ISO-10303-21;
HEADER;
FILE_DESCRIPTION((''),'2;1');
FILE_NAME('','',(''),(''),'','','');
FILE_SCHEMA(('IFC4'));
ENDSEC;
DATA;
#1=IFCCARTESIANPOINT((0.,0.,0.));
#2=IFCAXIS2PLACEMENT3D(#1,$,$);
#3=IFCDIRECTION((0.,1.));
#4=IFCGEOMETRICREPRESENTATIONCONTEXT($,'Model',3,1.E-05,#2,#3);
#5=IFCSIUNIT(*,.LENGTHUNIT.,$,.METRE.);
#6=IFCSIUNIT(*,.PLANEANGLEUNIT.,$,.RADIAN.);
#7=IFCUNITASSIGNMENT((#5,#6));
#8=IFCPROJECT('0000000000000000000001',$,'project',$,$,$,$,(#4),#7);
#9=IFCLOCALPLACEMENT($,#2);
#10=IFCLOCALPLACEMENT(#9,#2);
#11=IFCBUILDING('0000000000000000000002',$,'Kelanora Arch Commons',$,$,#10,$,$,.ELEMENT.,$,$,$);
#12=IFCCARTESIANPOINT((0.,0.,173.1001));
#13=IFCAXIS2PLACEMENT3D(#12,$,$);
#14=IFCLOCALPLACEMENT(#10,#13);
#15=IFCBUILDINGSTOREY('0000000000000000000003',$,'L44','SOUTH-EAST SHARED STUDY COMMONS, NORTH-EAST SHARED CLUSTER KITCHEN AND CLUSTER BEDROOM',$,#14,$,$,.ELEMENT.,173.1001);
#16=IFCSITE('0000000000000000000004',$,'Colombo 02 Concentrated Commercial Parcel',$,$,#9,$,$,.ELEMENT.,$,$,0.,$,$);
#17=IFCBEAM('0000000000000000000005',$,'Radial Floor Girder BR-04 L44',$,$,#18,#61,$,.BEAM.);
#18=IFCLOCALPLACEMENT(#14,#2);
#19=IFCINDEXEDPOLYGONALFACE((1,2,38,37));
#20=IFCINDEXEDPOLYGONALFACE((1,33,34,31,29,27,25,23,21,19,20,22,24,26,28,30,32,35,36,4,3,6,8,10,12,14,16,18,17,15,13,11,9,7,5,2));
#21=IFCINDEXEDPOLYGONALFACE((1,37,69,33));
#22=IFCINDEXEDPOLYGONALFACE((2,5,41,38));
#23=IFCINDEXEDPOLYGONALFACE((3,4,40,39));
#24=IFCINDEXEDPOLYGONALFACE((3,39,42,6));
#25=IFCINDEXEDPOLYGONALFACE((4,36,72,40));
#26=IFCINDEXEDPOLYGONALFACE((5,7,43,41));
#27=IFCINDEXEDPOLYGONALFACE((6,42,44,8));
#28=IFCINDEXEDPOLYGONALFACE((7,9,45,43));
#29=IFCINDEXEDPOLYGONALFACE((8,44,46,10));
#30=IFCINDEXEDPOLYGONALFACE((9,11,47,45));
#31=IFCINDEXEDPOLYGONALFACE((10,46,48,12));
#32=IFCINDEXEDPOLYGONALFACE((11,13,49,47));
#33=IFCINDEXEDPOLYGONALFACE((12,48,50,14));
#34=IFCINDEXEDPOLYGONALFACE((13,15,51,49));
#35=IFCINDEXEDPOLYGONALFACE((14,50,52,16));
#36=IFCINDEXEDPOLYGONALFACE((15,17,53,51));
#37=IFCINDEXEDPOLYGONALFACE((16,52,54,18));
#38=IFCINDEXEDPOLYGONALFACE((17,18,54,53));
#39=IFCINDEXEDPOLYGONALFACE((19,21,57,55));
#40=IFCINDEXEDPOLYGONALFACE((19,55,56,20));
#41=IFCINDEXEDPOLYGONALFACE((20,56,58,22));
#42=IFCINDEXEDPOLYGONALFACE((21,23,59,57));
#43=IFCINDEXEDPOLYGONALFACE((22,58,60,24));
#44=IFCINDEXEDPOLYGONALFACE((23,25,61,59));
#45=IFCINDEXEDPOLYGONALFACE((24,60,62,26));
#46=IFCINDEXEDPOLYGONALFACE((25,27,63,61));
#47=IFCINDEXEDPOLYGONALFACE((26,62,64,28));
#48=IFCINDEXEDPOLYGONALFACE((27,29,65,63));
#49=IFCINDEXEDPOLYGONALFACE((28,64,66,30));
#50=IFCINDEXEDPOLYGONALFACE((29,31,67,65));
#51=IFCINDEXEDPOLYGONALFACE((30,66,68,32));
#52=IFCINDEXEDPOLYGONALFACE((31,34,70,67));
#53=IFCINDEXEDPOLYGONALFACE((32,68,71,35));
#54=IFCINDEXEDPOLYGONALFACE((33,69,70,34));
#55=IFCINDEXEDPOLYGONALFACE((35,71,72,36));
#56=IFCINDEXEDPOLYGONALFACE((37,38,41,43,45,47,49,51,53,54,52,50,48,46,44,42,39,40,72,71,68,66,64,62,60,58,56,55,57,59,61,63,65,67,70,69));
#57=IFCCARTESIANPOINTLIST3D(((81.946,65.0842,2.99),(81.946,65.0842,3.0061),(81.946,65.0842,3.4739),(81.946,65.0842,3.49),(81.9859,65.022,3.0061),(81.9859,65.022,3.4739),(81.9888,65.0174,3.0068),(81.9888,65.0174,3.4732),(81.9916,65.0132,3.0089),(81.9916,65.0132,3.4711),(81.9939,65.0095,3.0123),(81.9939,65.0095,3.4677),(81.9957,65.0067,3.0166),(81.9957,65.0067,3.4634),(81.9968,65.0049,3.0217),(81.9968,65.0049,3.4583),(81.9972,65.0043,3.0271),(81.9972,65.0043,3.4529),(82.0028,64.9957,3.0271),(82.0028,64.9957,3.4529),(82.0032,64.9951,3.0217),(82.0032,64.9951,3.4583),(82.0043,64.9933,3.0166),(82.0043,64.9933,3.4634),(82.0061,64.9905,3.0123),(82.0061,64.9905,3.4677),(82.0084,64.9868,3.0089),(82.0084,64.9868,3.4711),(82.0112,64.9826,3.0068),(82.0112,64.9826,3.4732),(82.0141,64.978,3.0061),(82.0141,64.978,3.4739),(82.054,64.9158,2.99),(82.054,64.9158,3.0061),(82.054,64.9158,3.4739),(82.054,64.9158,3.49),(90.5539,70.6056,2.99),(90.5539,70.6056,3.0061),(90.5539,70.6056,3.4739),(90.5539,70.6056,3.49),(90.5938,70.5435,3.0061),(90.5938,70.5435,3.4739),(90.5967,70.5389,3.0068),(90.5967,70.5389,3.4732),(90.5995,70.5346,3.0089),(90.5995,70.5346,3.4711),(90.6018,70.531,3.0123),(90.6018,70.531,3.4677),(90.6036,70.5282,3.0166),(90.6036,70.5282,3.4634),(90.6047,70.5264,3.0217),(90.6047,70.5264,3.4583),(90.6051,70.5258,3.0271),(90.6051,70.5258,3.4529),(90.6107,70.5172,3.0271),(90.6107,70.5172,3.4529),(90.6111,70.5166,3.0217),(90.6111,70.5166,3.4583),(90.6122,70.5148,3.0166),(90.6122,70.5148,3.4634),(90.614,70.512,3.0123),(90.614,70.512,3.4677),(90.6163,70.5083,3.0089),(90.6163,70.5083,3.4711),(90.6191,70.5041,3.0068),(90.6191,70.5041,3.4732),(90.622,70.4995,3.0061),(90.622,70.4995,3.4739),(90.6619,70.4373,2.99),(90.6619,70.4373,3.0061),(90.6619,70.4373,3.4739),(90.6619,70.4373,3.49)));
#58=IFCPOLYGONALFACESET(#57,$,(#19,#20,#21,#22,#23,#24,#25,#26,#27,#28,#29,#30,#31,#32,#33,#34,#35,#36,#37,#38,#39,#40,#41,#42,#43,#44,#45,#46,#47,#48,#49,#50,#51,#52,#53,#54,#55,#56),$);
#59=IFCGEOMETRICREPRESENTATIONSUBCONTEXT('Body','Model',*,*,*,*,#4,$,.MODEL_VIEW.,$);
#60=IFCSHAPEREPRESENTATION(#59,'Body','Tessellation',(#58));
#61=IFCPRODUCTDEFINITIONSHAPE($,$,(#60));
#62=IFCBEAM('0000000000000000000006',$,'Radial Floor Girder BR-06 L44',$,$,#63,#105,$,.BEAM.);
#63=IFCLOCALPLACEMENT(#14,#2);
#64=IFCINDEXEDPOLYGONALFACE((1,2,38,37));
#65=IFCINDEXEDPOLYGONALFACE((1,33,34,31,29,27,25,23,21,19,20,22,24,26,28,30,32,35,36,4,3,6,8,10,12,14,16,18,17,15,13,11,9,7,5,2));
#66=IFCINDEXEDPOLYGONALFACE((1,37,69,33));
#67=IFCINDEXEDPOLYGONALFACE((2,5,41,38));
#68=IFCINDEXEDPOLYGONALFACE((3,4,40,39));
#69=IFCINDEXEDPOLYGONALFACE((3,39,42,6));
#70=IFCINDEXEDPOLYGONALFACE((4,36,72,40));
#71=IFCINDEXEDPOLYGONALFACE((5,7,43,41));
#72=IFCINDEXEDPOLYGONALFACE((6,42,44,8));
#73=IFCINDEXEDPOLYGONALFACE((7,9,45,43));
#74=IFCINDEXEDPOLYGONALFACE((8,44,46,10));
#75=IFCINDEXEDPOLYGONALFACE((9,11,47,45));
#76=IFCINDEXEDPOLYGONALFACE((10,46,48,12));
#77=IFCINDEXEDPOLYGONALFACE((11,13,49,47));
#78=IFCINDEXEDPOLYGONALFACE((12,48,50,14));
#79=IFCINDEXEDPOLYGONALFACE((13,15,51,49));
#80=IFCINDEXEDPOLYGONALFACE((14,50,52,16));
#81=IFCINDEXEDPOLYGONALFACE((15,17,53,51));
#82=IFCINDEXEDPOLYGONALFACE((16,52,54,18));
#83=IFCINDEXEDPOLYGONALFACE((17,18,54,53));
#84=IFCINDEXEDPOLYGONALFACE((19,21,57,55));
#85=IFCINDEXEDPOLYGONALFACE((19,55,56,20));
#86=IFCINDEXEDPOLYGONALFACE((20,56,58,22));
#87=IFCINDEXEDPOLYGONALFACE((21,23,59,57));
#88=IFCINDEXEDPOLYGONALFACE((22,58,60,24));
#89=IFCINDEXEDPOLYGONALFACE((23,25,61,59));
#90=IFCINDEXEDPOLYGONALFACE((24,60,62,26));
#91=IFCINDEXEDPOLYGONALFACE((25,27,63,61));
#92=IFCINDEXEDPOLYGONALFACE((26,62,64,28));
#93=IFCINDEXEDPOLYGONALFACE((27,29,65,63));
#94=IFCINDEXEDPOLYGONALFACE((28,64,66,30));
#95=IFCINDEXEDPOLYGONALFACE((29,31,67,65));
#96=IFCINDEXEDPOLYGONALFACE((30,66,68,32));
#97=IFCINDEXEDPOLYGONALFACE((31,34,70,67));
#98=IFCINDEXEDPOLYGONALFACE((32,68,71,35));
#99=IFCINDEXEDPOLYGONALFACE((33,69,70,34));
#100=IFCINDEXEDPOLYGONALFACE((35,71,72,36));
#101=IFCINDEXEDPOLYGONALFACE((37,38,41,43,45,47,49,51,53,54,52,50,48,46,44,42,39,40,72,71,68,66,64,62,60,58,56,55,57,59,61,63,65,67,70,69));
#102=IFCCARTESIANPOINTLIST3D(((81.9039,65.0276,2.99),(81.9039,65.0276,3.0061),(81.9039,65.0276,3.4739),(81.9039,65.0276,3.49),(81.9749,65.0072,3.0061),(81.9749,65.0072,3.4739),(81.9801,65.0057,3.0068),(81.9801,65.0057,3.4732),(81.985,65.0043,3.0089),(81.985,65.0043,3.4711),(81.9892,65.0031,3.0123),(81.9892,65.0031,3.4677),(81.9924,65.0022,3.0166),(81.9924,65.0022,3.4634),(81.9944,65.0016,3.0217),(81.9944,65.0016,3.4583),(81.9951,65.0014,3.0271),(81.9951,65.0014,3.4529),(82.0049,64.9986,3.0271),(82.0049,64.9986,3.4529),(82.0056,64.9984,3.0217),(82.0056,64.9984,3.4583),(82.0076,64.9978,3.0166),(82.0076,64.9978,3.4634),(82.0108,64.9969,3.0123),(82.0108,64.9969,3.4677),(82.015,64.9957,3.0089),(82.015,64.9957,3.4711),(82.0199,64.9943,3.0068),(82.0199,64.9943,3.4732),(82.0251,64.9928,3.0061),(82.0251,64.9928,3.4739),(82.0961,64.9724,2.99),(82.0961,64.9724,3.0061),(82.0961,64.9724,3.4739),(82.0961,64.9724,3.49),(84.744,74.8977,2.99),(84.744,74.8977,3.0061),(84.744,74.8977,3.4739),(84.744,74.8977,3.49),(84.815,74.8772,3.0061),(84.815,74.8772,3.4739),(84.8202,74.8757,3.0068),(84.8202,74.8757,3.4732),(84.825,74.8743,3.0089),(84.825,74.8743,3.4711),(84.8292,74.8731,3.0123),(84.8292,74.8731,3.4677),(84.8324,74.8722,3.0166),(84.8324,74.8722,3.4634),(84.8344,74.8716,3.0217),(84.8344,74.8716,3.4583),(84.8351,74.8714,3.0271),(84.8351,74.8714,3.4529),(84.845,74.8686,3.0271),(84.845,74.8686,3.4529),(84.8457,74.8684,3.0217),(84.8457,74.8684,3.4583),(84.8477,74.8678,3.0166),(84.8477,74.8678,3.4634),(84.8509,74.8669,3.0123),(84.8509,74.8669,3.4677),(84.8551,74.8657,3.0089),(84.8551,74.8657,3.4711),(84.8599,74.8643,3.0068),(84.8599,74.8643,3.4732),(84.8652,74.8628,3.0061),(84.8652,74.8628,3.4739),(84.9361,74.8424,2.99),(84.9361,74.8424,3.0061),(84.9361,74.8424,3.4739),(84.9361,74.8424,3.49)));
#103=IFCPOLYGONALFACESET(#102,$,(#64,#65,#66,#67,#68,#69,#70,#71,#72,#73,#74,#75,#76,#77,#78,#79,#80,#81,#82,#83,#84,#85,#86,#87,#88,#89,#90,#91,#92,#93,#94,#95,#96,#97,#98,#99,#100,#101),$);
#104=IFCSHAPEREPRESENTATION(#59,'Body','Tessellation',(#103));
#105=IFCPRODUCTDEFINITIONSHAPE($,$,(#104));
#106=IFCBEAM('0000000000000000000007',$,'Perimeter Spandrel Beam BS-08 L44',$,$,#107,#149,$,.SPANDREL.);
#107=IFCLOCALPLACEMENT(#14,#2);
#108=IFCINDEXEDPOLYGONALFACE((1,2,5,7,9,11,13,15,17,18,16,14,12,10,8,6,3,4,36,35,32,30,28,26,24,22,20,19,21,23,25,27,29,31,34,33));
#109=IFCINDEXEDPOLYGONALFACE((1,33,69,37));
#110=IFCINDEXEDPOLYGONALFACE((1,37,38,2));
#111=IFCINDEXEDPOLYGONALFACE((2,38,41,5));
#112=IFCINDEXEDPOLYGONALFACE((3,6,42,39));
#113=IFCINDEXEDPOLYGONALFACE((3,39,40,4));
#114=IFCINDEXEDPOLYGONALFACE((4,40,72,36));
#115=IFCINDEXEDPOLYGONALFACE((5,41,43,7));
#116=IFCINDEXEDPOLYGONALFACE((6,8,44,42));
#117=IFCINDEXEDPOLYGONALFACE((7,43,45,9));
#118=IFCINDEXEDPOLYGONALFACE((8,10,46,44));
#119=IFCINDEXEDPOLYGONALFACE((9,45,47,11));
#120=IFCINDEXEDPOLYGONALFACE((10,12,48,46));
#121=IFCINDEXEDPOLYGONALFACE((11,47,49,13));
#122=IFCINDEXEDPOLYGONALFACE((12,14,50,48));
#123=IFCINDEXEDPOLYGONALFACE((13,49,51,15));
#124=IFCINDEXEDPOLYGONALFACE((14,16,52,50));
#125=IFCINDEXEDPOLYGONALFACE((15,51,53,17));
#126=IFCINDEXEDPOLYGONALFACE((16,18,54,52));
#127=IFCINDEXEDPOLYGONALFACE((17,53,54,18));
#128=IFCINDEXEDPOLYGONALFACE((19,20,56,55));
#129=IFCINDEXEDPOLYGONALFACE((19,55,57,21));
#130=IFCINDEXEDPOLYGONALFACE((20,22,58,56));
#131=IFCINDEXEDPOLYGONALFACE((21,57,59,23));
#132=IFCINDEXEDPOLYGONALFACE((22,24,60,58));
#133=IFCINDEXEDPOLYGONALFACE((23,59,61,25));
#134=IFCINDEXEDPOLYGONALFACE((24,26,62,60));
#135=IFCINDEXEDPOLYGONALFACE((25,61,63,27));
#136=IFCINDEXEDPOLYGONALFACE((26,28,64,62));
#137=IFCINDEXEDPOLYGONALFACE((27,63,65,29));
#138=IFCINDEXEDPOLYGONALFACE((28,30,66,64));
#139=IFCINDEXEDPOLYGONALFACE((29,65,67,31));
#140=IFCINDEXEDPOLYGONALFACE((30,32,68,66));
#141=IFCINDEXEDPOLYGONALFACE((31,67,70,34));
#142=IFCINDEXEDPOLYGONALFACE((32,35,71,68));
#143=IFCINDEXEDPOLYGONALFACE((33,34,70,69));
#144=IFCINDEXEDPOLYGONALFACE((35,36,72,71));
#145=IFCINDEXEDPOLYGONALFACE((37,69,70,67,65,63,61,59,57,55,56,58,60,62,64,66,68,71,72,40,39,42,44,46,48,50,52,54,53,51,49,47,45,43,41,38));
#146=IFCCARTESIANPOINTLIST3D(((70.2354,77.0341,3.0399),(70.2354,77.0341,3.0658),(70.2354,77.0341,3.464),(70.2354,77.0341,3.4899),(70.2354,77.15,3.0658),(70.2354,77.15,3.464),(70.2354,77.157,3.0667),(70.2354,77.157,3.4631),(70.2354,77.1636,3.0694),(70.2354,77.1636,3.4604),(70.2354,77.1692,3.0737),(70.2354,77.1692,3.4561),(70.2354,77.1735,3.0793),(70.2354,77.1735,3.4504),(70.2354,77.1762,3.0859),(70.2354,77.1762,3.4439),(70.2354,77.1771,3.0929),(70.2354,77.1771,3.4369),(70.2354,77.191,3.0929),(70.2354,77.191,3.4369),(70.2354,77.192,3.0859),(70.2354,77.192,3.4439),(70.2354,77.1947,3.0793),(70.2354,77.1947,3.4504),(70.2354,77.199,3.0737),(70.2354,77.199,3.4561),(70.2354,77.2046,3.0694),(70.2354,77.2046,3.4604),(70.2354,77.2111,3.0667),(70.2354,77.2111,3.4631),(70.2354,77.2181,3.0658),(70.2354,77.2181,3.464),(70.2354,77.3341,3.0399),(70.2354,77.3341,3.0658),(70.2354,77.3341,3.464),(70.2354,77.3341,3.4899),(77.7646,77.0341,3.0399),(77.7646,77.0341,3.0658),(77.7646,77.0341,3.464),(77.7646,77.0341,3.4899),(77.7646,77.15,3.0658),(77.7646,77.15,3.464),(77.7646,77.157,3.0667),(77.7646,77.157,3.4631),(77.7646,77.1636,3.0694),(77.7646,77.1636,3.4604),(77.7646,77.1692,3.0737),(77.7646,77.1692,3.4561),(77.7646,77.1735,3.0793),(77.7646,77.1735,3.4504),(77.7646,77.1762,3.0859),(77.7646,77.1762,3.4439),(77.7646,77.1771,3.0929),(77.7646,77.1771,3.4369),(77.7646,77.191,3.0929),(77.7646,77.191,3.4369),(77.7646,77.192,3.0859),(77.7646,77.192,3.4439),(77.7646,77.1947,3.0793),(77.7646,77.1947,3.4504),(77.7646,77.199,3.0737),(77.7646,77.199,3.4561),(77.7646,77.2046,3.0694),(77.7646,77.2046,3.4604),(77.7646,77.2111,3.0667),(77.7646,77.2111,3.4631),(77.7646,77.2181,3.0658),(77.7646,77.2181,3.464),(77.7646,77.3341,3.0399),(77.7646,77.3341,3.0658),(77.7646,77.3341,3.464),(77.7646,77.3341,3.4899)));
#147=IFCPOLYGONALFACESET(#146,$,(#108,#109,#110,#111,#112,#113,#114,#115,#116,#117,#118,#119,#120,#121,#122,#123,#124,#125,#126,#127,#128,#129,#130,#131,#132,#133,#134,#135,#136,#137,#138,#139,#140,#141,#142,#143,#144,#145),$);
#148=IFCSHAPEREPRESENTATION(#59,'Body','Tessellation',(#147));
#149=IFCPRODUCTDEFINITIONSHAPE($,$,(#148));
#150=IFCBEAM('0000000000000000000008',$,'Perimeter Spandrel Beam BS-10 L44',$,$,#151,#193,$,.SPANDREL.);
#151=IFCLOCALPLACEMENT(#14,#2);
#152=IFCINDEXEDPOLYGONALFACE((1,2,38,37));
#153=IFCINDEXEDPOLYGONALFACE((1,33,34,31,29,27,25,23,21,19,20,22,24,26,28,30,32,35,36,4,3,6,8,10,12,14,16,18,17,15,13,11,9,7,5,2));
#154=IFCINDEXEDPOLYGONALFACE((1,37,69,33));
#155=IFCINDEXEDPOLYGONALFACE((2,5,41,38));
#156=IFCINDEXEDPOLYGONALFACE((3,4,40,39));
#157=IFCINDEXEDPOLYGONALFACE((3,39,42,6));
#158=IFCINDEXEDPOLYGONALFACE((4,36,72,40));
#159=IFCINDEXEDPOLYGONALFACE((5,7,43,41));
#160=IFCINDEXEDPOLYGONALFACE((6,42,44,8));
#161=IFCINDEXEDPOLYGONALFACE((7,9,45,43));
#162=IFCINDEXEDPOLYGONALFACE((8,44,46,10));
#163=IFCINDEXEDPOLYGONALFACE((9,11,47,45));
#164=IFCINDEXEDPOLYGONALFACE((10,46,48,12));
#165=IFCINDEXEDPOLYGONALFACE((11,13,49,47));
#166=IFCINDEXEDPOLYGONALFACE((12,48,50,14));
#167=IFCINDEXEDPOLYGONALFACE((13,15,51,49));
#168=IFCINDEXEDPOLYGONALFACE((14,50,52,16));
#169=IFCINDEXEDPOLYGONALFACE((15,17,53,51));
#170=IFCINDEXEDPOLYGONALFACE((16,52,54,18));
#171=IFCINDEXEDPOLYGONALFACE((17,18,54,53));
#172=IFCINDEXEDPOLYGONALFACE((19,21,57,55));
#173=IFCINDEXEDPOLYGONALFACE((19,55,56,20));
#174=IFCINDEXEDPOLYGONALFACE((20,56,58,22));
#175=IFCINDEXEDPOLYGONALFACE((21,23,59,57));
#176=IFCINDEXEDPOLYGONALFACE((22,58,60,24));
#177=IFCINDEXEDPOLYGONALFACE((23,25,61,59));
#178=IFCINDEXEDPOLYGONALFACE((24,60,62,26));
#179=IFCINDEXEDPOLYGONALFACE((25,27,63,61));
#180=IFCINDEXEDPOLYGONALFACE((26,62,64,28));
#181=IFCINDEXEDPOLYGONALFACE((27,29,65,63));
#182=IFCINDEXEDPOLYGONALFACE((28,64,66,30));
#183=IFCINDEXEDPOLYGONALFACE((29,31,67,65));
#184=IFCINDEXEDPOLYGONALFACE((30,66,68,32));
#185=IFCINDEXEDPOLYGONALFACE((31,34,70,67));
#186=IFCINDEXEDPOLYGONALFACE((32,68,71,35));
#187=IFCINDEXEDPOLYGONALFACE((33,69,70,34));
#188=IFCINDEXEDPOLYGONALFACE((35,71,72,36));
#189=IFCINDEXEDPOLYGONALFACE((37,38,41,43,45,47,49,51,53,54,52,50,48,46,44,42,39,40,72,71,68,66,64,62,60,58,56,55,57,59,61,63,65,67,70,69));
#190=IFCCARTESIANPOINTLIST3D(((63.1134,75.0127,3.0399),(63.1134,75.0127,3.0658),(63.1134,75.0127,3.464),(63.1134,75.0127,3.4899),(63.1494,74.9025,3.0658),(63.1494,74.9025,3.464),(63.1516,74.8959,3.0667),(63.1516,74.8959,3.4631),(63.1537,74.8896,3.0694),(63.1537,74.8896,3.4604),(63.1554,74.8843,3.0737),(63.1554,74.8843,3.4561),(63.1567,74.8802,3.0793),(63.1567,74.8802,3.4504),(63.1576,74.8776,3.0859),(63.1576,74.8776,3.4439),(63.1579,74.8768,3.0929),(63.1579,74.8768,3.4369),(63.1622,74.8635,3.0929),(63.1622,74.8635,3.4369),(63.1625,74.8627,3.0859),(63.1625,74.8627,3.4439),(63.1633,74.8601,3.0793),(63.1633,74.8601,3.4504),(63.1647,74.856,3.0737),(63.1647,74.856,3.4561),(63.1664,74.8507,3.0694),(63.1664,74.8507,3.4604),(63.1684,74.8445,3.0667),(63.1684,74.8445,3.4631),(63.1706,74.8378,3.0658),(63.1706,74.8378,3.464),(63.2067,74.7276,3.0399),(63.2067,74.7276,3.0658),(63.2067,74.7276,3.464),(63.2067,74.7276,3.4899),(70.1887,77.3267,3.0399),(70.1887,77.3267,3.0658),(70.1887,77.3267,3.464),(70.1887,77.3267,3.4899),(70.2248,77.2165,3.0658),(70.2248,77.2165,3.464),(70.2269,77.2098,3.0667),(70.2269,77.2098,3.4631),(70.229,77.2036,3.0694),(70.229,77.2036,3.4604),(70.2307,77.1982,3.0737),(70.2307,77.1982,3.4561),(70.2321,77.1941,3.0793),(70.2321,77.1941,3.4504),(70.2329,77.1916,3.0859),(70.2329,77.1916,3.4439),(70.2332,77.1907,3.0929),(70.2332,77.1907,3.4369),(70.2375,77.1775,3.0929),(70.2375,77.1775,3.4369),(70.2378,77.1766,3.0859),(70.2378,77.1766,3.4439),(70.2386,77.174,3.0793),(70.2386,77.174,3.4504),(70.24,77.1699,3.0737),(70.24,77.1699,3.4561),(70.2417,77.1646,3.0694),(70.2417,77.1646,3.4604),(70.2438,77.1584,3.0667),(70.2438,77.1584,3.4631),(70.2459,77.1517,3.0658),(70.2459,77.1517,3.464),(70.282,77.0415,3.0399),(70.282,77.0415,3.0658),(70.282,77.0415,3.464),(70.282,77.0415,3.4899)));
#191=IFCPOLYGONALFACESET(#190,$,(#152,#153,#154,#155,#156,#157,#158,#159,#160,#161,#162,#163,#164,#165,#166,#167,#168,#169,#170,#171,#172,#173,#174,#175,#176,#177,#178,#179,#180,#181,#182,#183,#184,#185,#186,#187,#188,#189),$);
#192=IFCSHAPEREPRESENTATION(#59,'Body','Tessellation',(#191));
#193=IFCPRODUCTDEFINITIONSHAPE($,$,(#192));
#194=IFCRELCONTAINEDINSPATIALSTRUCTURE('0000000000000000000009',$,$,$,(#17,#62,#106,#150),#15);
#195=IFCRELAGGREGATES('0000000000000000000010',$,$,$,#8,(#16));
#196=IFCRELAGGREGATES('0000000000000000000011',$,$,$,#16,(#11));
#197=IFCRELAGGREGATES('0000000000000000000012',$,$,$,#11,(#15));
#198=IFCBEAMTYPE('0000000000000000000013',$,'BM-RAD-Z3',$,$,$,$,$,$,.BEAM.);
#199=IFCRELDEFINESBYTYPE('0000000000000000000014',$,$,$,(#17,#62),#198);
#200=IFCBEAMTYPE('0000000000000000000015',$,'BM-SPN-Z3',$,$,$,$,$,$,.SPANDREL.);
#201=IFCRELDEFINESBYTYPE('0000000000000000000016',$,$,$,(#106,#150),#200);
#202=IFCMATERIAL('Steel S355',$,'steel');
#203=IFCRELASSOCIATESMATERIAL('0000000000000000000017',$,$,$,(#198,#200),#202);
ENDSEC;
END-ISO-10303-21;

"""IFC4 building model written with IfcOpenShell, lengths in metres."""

from ifc_helpers import new_model, si_unit, direction, frame, origin, origin_2d, place, context, subcontext, project, spatial, i_section, extrude, material, material_profile, profile_set, type_object, element, save


model = new_model("IFC4")

# Units and contexts
model_context = context("Model", 3, precision=1e-05, world=origin(), true_north=direction((0.0, 1.0)))
body_context = subcontext(model_context, "Body", "Model", "MODEL_VIEW")
ifc_project = project(units=[si_unit("LENGTHUNIT", "METRE"), si_unit("PLANEANGLEUNIT", "RADIAN")], contexts=[model_context])

# Site, building, storey
site_placement = place(None, origin())
site = spatial("IfcSite", under=ifc_project, at=site_placement, Name="Colombo 02 Concentrated Commercial Parcel", CompositionType="ELEMENT", RefElevation=0.0)
building_placement = place(site_placement, origin())
building = spatial("IfcBuilding", under=site, at=building_placement, Name="Kelanora Arch Commons", CompositionType="ELEMENT")
storey_placement = place(building_placement, frame((0.0, 0.0, 173.1001)))
storey = spatial("IfcBuildingStorey", under=building, at=storey_placement, Name="L44", Description="SOUTH-EAST SHARED STUDY COMMONS, NORTH-EAST SHARED CLUSTER KITCHEN AND CLUSTER BEDROOM", CompositionType="ELEMENT", Elevation=173.1001)

# Beams
ifc_material_1 = material(Name="Steel S355", Category="steel")
ifc_material_profile_1 = material_profile(ifc_material_1, i_section(OverallWidth=0.2, OverallDepth=0.5, WebThickness=0.0103, FlangeThickness=0.0161, FilletRadius=0.021, at=origin_2d()), Name="IPE500")
ifc_profile_set_1 = profile_set([ifc_material_profile_1], Name="Steel S355")
beam_type_1 = type_object("IfcBeamType", Name="BM-RAD-Z3", PredefinedType="BEAM", material=ifc_profile_set_1)
beam_1_placement = place(storey_placement, frame((82.0, 65.0, 3.24), z_axis=(0.841719, 0.539915, 0.0), x_axis=(-0.539915, 0.841719, 0.0)))
element("IfcBeam", 1, at=beam_1_placement, inside=storey, type_object=beam_type_1, Name="Radial Floor Girder BR-04 L44", PredefinedType="BEAM", context=body_context, shape_type="SweptSolid", body=[
    extrude(i_section(OverallWidth=0.2, OverallDepth=0.5, WebThickness=0.0103, FlangeThickness=0.0161, FilletRadius=0.021, at=origin_2d()), origin(), (0.0, 0.0, 1.0), 10.2266),
])
beam_2_placement = place(storey_placement, frame((82.0, 65.0, 3.24), z_axis=(0.276526, 0.961006, 0.0), x_axis=(-0.961006, 0.276526, 0.0)))
element("IfcBeam", 2, at=beam_2_placement, inside=storey, type_object=beam_type_1, Name="Radial Floor Girder BR-06 L44", PredefinedType="BEAM", context=body_context, shape_type="SweptSolid", body=[
    extrude(i_section(OverallWidth=0.2, OverallDepth=0.5, WebThickness=0.0103, FlangeThickness=0.0161, FilletRadius=0.021, at=origin_2d()), origin(), (0.0, 0.0, 1.0), 10.2705),
])
ifc_material_profile_2 = material_profile(ifc_material_1, i_section(OverallWidth=0.3, OverallDepth=0.45, WebThickness=0.0139, FlangeThickness=0.0259, FilletRadius=0.0271, at=origin_2d()), Name="HEB450")
ifc_profile_set_2 = profile_set([ifc_material_profile_2], Name="Steel S355")
beam_type_2 = type_object("IfcBeamType", Name="BM-SPN-Z3", PredefinedType="SPANDREL", material=ifc_profile_set_2)
beam_3_placement = place(storey_placement, frame((77.7646, 77.1841, 3.2649), z_axis=(-1.0, 0.0, 0.0), x_axis=(0.0, -1.0, 0.0)))
element("IfcBeam", 3, at=beam_3_placement, inside=storey, type_object=beam_type_2, Name="Perimeter Spandrel Beam BS-08 L44", PredefinedType="SPANDREL", context=body_context, shape_type="SweptSolid", body=[
    extrude(i_section(OverallWidth=0.3, OverallDepth=0.45, WebThickness=0.0139, FlangeThickness=0.0259, FilletRadius=0.0271, at=origin_2d()), origin(), (0.0, 0.0, 1.0), 7.5293),
])
beam_4_placement = place(storey_placement, frame((70.2354, 77.1841, 3.2649), z_axis=(-0.950462, -0.310841, 0.0), x_axis=(0.310841, -0.950462, 0.0)))
element("IfcBeam", 4, at=beam_4_placement, inside=storey, type_object=beam_type_2, Name="Perimeter Spandrel Beam BS-10 L44", PredefinedType="SPANDREL", context=body_context, shape_type="SweptSolid", body=[
    extrude(i_section(OverallWidth=0.3, OverallDepth=0.45, WebThickness=0.0139, FlangeThickness=0.0259, FilletRadius=0.0271, at=origin_2d()), origin(), (0.0, 0.0, 1.0), 7.4441),
])

save(model, "model.ifc")
